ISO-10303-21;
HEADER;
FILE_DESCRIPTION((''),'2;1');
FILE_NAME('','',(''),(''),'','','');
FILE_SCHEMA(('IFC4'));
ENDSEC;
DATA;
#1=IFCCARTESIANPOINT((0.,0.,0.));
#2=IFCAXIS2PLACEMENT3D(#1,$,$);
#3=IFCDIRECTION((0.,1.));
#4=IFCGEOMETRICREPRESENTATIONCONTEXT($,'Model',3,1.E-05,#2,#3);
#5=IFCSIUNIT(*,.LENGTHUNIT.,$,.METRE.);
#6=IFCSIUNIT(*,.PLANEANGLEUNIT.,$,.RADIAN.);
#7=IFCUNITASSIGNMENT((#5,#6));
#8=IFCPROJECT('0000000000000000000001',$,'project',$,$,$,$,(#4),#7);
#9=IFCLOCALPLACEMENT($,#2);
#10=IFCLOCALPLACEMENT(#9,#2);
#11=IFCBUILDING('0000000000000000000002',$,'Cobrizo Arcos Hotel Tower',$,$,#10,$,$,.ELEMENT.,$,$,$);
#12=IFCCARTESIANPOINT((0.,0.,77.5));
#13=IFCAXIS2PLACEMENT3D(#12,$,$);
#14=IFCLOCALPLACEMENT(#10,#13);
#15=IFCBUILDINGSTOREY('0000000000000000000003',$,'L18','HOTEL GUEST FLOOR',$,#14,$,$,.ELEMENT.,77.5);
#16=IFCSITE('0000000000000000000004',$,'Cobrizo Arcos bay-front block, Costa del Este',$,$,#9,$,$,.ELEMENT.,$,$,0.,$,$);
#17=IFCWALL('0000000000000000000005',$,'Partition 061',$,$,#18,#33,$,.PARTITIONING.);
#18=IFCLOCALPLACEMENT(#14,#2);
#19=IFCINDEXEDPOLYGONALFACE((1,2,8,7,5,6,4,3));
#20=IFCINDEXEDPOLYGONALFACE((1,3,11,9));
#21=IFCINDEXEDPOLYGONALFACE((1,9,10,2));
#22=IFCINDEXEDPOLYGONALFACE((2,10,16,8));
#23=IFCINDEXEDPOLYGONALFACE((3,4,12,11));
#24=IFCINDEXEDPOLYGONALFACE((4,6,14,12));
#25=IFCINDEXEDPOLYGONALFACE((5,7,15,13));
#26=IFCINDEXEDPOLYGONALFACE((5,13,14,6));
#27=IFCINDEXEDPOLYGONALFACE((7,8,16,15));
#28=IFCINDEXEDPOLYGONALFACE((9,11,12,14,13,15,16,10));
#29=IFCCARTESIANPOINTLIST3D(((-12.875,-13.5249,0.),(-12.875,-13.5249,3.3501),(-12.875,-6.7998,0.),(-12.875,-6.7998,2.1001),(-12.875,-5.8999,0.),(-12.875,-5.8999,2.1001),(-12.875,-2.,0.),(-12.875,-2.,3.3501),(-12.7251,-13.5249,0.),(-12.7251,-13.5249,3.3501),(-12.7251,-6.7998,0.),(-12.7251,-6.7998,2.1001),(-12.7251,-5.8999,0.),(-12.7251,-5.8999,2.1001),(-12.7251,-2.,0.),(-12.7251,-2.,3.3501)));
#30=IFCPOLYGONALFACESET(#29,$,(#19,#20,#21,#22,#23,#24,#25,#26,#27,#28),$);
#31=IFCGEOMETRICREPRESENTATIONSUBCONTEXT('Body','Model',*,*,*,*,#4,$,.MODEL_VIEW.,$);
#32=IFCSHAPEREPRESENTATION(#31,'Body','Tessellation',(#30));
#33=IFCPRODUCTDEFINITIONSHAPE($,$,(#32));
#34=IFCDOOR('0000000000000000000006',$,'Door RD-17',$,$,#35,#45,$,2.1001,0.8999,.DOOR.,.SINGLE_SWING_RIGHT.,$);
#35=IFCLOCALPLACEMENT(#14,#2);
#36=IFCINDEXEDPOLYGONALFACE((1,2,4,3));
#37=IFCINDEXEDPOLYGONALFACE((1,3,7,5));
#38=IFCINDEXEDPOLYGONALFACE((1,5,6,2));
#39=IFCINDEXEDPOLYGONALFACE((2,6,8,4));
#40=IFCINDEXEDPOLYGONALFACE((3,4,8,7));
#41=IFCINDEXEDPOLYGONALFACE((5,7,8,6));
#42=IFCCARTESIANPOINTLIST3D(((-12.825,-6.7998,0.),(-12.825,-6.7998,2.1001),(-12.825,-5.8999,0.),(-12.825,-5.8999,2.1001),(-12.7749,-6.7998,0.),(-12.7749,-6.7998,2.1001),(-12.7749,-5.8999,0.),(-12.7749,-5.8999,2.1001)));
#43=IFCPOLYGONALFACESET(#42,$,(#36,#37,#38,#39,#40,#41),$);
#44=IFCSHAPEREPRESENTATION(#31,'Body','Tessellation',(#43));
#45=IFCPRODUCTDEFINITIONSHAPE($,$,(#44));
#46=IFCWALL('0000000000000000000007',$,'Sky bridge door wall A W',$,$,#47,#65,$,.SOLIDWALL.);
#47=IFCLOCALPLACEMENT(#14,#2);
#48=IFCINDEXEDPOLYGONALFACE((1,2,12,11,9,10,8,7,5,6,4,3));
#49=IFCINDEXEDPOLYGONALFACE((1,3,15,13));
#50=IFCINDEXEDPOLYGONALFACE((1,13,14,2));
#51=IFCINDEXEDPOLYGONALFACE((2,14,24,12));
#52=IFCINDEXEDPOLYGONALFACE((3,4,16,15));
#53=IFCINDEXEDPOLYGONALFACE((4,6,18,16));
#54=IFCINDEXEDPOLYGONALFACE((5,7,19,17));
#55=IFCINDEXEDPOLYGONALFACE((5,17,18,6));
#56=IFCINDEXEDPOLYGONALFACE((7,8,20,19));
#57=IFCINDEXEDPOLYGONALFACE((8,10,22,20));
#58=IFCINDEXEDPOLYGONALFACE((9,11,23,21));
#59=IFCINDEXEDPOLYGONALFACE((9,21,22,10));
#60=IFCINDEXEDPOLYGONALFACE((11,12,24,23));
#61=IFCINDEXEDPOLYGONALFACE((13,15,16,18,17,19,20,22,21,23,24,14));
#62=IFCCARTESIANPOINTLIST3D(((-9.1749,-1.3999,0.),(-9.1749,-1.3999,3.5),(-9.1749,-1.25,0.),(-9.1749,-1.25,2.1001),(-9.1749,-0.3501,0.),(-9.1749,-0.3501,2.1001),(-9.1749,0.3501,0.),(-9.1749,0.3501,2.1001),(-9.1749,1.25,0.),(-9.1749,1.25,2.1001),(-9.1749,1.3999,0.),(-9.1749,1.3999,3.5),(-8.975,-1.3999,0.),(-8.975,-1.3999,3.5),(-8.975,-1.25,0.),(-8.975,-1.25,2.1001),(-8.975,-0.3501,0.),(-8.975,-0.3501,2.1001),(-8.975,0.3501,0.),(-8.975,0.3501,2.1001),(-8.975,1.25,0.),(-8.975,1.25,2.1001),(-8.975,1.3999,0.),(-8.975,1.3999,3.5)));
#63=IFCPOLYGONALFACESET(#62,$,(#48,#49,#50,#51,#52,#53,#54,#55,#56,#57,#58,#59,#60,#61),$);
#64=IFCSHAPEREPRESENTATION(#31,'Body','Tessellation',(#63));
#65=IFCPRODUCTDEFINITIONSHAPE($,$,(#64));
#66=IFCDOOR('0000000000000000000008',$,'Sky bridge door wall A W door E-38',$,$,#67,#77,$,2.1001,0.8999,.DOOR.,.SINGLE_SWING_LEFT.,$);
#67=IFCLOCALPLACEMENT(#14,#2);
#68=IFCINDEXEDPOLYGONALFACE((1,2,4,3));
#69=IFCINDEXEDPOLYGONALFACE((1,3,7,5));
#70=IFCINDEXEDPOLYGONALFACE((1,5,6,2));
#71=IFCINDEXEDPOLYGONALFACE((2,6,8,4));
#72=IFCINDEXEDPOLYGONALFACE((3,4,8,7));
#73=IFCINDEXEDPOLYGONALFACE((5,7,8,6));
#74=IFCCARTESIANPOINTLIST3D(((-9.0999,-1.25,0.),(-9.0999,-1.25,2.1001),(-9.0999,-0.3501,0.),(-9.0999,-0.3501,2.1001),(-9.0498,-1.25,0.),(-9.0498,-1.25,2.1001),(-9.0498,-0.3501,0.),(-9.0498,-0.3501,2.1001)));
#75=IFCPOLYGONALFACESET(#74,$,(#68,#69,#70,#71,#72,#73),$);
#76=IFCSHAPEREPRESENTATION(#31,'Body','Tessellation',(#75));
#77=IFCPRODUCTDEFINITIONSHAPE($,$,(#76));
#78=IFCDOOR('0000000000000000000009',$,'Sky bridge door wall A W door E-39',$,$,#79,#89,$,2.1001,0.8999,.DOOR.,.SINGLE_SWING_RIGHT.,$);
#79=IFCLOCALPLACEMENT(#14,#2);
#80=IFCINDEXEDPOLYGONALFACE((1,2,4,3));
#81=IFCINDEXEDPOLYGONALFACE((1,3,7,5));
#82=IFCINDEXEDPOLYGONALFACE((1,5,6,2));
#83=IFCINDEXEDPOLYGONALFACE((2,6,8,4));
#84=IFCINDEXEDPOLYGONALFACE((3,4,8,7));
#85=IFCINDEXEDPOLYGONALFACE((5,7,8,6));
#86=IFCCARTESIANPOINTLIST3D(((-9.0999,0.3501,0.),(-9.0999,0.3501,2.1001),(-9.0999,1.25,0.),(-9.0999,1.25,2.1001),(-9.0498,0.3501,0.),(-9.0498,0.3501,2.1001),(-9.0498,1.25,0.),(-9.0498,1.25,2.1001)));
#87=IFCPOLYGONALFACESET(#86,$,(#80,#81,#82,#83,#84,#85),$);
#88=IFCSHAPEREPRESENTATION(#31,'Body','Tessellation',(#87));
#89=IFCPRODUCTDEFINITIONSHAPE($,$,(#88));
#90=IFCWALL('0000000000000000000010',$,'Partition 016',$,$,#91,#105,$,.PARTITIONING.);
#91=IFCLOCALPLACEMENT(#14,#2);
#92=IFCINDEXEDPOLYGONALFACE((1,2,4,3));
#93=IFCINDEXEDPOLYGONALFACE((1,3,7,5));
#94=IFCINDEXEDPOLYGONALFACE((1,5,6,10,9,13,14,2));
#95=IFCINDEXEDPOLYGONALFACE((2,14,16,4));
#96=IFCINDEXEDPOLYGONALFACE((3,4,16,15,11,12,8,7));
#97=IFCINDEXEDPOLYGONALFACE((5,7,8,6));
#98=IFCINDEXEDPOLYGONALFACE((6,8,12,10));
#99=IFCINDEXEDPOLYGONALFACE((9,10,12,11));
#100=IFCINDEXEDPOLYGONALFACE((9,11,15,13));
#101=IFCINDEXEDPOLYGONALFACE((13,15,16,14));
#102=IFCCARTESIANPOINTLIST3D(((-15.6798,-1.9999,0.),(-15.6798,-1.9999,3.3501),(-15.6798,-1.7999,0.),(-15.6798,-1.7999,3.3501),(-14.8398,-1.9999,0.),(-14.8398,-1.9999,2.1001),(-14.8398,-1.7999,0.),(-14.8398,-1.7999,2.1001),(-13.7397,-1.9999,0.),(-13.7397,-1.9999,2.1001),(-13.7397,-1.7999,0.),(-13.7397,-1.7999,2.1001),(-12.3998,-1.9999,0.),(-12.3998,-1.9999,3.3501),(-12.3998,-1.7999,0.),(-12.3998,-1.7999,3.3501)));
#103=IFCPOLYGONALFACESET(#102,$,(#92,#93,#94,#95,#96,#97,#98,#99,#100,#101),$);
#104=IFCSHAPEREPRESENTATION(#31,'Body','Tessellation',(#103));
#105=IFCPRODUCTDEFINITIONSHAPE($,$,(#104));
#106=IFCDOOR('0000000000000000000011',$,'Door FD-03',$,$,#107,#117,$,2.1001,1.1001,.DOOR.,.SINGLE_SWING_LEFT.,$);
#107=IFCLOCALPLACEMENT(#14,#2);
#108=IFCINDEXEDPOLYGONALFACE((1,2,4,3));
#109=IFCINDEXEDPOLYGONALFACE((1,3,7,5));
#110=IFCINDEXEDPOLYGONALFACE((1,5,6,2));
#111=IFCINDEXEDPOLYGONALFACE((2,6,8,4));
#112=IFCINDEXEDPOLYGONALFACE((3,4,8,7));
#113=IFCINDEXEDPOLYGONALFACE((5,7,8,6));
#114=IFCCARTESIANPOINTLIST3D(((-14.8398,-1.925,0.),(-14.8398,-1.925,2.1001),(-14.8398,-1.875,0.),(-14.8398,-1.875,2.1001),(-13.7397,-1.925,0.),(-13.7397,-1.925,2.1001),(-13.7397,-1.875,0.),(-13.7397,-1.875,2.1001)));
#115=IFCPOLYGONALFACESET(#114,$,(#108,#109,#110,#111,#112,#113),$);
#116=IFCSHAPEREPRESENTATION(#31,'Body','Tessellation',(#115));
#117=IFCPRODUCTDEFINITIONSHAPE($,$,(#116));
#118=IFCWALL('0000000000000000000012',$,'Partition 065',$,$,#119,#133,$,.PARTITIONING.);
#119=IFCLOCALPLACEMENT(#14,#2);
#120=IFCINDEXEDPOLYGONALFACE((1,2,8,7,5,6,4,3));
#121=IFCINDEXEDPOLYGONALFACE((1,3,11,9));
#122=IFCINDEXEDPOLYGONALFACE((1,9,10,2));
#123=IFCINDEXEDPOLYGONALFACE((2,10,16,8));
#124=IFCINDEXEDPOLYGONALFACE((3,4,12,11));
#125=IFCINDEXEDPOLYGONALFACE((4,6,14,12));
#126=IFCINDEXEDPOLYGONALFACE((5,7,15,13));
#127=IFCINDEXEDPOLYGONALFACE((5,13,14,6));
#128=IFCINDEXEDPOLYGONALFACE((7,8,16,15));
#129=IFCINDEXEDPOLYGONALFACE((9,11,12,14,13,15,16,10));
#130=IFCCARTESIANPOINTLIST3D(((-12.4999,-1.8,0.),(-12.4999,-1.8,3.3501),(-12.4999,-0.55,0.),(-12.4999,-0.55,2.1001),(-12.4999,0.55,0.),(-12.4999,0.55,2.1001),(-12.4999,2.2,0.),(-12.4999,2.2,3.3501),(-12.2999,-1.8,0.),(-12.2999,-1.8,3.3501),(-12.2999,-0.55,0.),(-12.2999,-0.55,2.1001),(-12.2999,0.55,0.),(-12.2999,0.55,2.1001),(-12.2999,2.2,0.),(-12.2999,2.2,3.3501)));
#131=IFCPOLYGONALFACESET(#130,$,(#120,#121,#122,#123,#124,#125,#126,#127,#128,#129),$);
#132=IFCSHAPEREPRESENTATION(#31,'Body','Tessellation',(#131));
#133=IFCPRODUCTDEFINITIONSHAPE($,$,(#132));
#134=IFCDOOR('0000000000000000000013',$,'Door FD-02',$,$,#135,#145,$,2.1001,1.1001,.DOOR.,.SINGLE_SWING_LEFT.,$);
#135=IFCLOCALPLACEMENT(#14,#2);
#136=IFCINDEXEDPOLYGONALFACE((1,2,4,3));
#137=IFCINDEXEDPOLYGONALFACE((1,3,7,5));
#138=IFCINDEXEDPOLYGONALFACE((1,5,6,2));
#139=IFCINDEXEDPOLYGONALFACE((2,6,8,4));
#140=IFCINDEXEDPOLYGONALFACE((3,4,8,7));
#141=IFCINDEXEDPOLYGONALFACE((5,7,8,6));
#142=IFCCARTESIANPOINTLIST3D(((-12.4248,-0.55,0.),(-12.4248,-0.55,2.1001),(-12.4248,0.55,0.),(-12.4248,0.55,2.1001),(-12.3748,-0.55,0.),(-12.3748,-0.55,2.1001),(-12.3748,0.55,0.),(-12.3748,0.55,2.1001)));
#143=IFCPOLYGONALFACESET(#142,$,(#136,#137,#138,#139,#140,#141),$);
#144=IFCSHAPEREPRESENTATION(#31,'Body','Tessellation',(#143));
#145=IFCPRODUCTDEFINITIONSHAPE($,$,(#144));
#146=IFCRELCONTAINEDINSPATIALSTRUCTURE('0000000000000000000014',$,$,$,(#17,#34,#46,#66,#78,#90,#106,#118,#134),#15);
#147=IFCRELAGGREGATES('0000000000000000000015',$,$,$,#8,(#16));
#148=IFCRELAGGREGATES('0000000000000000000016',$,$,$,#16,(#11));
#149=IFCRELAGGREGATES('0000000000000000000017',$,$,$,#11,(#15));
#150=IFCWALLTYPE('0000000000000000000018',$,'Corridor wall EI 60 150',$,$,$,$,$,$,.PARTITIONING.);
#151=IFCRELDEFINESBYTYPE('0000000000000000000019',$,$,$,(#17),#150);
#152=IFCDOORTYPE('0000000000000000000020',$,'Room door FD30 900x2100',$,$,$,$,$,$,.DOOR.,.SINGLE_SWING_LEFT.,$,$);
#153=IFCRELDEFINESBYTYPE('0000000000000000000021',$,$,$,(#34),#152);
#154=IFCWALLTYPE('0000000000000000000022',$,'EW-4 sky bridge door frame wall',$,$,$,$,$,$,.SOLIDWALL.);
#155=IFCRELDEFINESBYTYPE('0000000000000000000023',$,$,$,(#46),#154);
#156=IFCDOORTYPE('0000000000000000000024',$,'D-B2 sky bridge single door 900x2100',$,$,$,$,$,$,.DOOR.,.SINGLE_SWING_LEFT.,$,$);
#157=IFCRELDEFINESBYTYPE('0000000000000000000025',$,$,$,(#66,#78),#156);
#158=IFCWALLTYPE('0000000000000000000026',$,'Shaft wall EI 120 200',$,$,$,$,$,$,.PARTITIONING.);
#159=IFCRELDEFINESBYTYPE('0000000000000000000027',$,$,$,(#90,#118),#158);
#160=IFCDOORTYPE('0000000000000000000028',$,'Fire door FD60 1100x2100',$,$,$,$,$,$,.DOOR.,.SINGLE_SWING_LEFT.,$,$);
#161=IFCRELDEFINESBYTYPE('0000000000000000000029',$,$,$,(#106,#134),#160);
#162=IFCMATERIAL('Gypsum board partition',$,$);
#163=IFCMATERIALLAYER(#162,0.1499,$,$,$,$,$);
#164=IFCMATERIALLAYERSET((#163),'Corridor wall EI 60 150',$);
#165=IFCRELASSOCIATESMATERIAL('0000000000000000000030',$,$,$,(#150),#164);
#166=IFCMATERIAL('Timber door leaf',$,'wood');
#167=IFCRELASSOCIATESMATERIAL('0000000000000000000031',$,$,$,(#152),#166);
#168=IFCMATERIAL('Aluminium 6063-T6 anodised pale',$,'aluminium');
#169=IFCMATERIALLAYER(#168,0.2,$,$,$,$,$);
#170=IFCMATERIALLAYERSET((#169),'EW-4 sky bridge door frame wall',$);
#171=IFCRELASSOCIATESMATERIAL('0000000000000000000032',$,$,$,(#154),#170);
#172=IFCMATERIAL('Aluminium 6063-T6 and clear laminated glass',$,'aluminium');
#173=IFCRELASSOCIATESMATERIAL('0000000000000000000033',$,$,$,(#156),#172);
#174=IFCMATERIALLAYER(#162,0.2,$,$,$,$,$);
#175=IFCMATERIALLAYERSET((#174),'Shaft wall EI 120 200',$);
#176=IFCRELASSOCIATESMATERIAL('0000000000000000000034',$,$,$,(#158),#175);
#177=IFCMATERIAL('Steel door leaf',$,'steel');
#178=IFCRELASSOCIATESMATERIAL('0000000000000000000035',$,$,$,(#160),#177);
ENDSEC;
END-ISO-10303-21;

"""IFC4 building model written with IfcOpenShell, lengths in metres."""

from ifc_helpers import new_model, si_unit, direction, frame, frame_2d, origin, place, context, subcontext, project, spatial, rectangle, extrude, material, layer, layer_set, type_object, element, fill, save


model = new_model("IFC4")

# Units and contexts
model_context = context("Model", 3, precision=1e-05, world=origin(), true_north=direction((0.0, 1.0)))
body_context = subcontext(model_context, "Body", "Model", "MODEL_VIEW")
ifc_project = project(units=[si_unit("LENGTHUNIT", "METRE"), si_unit("PLANEANGLEUNIT", "RADIAN")], contexts=[model_context])

# Site, building, storey
site_placement = place(None, origin())
site = spatial("IfcSite", under=ifc_project, at=site_placement, Name="Cobrizo Arcos bay-front block, Costa del Este", CompositionType="ELEMENT", RefElevation=0.0)
building_placement = place(site_placement, origin())
building = spatial("IfcBuilding", under=site, at=building_placement, Name="Cobrizo Arcos Hotel Tower", CompositionType="ELEMENT")
storey_placement = place(building_placement, frame((0.0, 0.0, 77.5)))
storey = spatial("IfcBuildingStorey", under=building, at=storey_placement, Name="L18", Description="HOTEL GUEST FLOOR", CompositionType="ELEMENT", Elevation=77.5)

# Shared definitions
ifc_material_1 = material(Name="Gypsum board partition")
ifc_layer_1 = layer(ifc_material_1, 0.1499)
ifc_layer_set_1 = layer_set([ifc_layer_1], Name="Corridor wall EI 60 150")
wall_type_1 = type_object("IfcWallType", Name="Corridor wall EI 60 150", PredefinedType="PARTITIONING", material=ifc_layer_set_1)

# Wall, opening, door
wall_1_placement = place(storey_placement, frame((-12.8, -13.5249, 0.0), z_axis=(0.0, 0.0, 1.0), x_axis=(0.0, 1.0, 0.0)))
wall_1 = element("IfcWall", 1, at=wall_1_placement, inside=storey, type_object=wall_type_1, Name="Partition 061", PredefinedType="PARTITIONING", context=body_context, shape_type="SweptSolid", body=[
    extrude(rectangle(XDim=11.5249, YDim=0.1499, at=frame_2d((5.7625, 0.0))), origin(), (0.0, 0.0, 1.0), 3.3501),
])
opening_1_placement = place(wall_1_placement, frame((6.7251, 0.0, 0.0)))
opening_1 = element("IfcOpeningElement", 2, at=opening_1_placement, cuts=wall_1, PredefinedType="OPENING", context=body_context, shape_type="SweptSolid", body=[
    extrude(rectangle(XDim=0.8999, YDim=2.1001, at=frame_2d((0.45, 1.05))), frame((0.0, 0.0869, 0.0), z_axis=(0.0, -1.0, 0.0), x_axis=(1.0, 0.0, 0.0)), (0.0, 0.0, 1.0), 0.1738),
])
ifc_material_2 = material(Name="Timber door leaf", Category="wood")
door_type_1 = type_object("IfcDoorType", Name="Room door FD30 900x2100", OperationType="SINGLE_SWING_LEFT", PredefinedType="DOOR", material=ifc_material_2)
door_1_placement = place(opening_1_placement, origin())
door_1 = element("IfcDoor", 3, at=door_1_placement, inside=storey, type_object=door_type_1, Name="Door RD-17", OperationType="SINGLE_SWING_RIGHT", OverallHeight=2.1001, OverallWidth=0.8999, PredefinedType="DOOR", context=body_context, shape_type="SweptSolid", body=[
    extrude(rectangle(XDim=0.8999, YDim=2.1001, at=frame_2d((0.45, 1.05))), frame((0.0, 0.0249, 0.0), z_axis=(0.0, -1.0, 0.0), x_axis=(1.0, 0.0, 0.0)), (0.0, 0.0, 1.0), 0.05),
])
fill(opening_1, door_1)

# Wall, openings, doors
ifc_material_3 = material(Name="Aluminium 6063-T6 anodised pale", Category="aluminium")
ifc_layer_2 = layer(ifc_material_3, 0.2)
ifc_layer_set_2 = layer_set([ifc_layer_2], Name="EW-4 sky bridge door frame wall")
wall_type_2 = type_object("IfcWallType", Name="EW-4 sky bridge door frame wall", PredefinedType="SOLIDWALL", material=ifc_layer_set_2)
wall_2_placement = place(storey_placement, frame((-9.075, -1.3999, 0.0), z_axis=(0.0, 0.0, 1.0), x_axis=(0.0, 1.0, 0.0)))
wall_2 = element("IfcWall", 4, at=wall_2_placement, inside=storey, type_object=wall_type_2, Name="Sky bridge door wall A W", PredefinedType="SOLIDWALL", context=body_context, shape_type="SweptSolid", body=[
    extrude(rectangle(XDim=2.7998, YDim=0.2, at=frame_2d((1.3999, 0.0))), origin(), (0.0, 0.0, 1.0), 3.5),
])
opening_2_placement = place(wall_2_placement, frame((0.1499, 0.0, 0.0)))
opening_2 = element("IfcOpeningElement", 5, at=opening_2_placement, cuts=wall_2, PredefinedType="OPENING", context=body_context, shape_type="SweptSolid", body=[
    extrude(rectangle(XDim=0.8999, YDim=2.1001, at=frame_2d((0.45, 1.05))), frame((0.0, 0.1121, 0.0), z_axis=(0.0, -1.0, 0.0), x_axis=(1.0, 0.0, 0.0)), (0.0, 0.0, 1.0), 0.2239),
])
opening_3_placement = place(wall_2_placement, frame((1.75, 0.0, 0.0)))
opening_3 = element("IfcOpeningElement", 6, at=opening_3_placement, cuts=wall_2, PredefinedType="OPENING", context=body_context, shape_type="SweptSolid", body=[
    extrude(rectangle(XDim=0.8999, YDim=2.1001, at=frame_2d((0.45, 1.05))), frame((0.0, 0.1121, 0.0), z_axis=(0.0, -1.0, 0.0), x_axis=(1.0, 0.0, 0.0)), (0.0, 0.0, 1.0), 0.2239),
])
ifc_material_4 = material(Name="Aluminium 6063-T6 and clear laminated glass", Category="aluminium")
door_type_2 = type_object("IfcDoorType", Name="D-B2 sky bridge single door 900x2100", OperationType="SINGLE_SWING_LEFT", PredefinedType="DOOR", material=ifc_material_4)
door_2_placement = place(opening_2_placement, origin())
door_2 = element("IfcDoor", 7, at=door_2_placement, inside=storey, type_object=door_type_2, Name="Sky bridge door wall A W door E-38", OperationType="SINGLE_SWING_LEFT", OverallHeight=2.1001, OverallWidth=0.8999, PredefinedType="DOOR", context=body_context, shape_type="SweptSolid", body=[
    extrude(rectangle(XDim=0.8999, YDim=2.1001, at=frame_2d((0.45, 1.05))), frame((0.0, 0.0249, 0.0), z_axis=(0.0, -1.0, 0.0), x_axis=(1.0, 0.0, 0.0)), (0.0, 0.0, 1.0), 0.05),
])
fill(opening_2, door_2)
door_3_placement = place(opening_3_placement, origin())
door_3 = element("IfcDoor", 8, at=door_3_placement, inside=storey, type_object=door_type_2, Name="Sky bridge door wall A W door E-39", OperationType="SINGLE_SWING_RIGHT", OverallHeight=2.1001, OverallWidth=0.8999, PredefinedType="DOOR", context=body_context, shape_type="SweptSolid", body=[
    extrude(rectangle(XDim=0.8999, YDim=2.1001, at=frame_2d((0.45, 1.05))), frame((0.0, 0.0249, 0.0), z_axis=(0.0, -1.0, 0.0), x_axis=(1.0, 0.0, 0.0)), (0.0, 0.0, 1.0), 0.05),
])
fill(opening_3, door_3)

# Walls, openings, doors
ifc_layer_3 = layer(ifc_material_1, 0.2)
ifc_layer_set_3 = layer_set([ifc_layer_3], Name="Shaft wall EI 120 200")
wall_type_3 = type_object("IfcWallType", Name="Shaft wall EI 120 200", PredefinedType="PARTITIONING", material=ifc_layer_set_3)
wall_3_placement = place(storey_placement, frame((-15.6799, -1.8999, 0.0), z_axis=(0.0, 0.0, 1.0), x_axis=(1.0, 0.0, 0.0)))
wall_3 = element("IfcWall", 9, at=wall_3_placement, inside=storey, type_object=wall_type_3, Name="Partition 016", PredefinedType="PARTITIONING", context=body_context, shape_type="SweptSolid", body=[
    extrude(rectangle(XDim=3.28, YDim=0.2, at=frame_2d((1.6401, 0.0))), origin(), (0.0, 0.0, 1.0), 3.3501),
])
opening_4_placement = place(wall_3_placement, frame((0.8401, 0.0, 0.0)))
opening_4 = element("IfcOpeningElement", 10, at=opening_4_placement, cuts=wall_3, PredefinedType="OPENING", context=body_context, shape_type="SweptSolid", body=[
    extrude(rectangle(XDim=1.1001, YDim=2.1001, at=frame_2d((0.55, 1.05))), frame((0.0, 0.1121, 0.0), z_axis=(0.0, -1.0, 0.0), x_axis=(1.0, 0.0, 0.0)), (0.0, 0.0, 1.0), 0.2239),
])
ifc_material_5 = material(Name="Steel door leaf", Category="steel")
door_type_3 = type_object("IfcDoorType", Name="Fire door FD60 1100x2100", OperationType="SINGLE_SWING_LEFT", PredefinedType="DOOR", material=ifc_material_5)
door_4_placement = place(opening_4_placement, origin())
door_4 = element("IfcDoor", 11, at=door_4_placement, inside=storey, type_object=door_type_3, Name="Door FD-03", OperationType="SINGLE_SWING_LEFT", OverallHeight=2.1001, OverallWidth=1.1001, PredefinedType="DOOR", context=body_context, shape_type="SweptSolid", body=[
    extrude(rectangle(XDim=1.1001, YDim=2.1001, at=frame_2d((0.55, 1.05))), frame((0.0, 0.0249, 0.0), z_axis=(0.0, -1.0, 0.0), x_axis=(1.0, 0.0, 0.0)), (0.0, 0.0, 1.0), 0.05),
])
fill(opening_4, door_4)
wall_4_placement = place(storey_placement, frame((-12.3999, -1.8, 0.0), z_axis=(0.0, 0.0, 1.0), x_axis=(0.0, 1.0, 0.0)))
wall_4 = element("IfcWall", 12, at=wall_4_placement, inside=storey, type_object=wall_type_3, Name="Partition 065", PredefinedType="PARTITIONING", context=body_context, shape_type="SweptSolid", body=[
    extrude(rectangle(XDim=4.0, YDim=0.2, at=frame_2d((2.0, 0.0))), origin(), (0.0, 0.0, 1.0), 3.3501),
])
opening_5_placement = place(wall_4_placement, frame((1.25, 0.0, 0.0)))
opening_5 = element("IfcOpeningElement", 13, at=opening_5_placement, cuts=wall_4, PredefinedType="OPENING", context=body_context, shape_type="SweptSolid", body=[
    extrude(rectangle(XDim=1.1001, YDim=2.1001, at=frame_2d((0.55, 1.05))), frame((0.0, 0.1121, 0.0), z_axis=(0.0, -1.0, 0.0), x_axis=(1.0, 0.0, 0.0)), (0.0, 0.0, 1.0), 0.2239),
])
door_5_placement = place(opening_5_placement, origin())
door_5 = element("IfcDoor", 14, at=door_5_placement, inside=storey, type_object=door_type_3, Name="Door FD-02", OperationType="SINGLE_SWING_LEFT", OverallHeight=2.1001, OverallWidth=1.1001, PredefinedType="DOOR", context=body_context, shape_type="SweptSolid", body=[
    extrude(rectangle(XDim=1.1001, YDim=2.1001, at=frame_2d((0.55, 1.05))), frame((0.0, 0.0249, 0.0), z_axis=(0.0, -1.0, 0.0), x_axis=(1.0, 0.0, 0.0)), (0.0, 0.0, 1.0), 0.05),
])
fill(opening_5, door_5)

save(model, "model.ifc")
